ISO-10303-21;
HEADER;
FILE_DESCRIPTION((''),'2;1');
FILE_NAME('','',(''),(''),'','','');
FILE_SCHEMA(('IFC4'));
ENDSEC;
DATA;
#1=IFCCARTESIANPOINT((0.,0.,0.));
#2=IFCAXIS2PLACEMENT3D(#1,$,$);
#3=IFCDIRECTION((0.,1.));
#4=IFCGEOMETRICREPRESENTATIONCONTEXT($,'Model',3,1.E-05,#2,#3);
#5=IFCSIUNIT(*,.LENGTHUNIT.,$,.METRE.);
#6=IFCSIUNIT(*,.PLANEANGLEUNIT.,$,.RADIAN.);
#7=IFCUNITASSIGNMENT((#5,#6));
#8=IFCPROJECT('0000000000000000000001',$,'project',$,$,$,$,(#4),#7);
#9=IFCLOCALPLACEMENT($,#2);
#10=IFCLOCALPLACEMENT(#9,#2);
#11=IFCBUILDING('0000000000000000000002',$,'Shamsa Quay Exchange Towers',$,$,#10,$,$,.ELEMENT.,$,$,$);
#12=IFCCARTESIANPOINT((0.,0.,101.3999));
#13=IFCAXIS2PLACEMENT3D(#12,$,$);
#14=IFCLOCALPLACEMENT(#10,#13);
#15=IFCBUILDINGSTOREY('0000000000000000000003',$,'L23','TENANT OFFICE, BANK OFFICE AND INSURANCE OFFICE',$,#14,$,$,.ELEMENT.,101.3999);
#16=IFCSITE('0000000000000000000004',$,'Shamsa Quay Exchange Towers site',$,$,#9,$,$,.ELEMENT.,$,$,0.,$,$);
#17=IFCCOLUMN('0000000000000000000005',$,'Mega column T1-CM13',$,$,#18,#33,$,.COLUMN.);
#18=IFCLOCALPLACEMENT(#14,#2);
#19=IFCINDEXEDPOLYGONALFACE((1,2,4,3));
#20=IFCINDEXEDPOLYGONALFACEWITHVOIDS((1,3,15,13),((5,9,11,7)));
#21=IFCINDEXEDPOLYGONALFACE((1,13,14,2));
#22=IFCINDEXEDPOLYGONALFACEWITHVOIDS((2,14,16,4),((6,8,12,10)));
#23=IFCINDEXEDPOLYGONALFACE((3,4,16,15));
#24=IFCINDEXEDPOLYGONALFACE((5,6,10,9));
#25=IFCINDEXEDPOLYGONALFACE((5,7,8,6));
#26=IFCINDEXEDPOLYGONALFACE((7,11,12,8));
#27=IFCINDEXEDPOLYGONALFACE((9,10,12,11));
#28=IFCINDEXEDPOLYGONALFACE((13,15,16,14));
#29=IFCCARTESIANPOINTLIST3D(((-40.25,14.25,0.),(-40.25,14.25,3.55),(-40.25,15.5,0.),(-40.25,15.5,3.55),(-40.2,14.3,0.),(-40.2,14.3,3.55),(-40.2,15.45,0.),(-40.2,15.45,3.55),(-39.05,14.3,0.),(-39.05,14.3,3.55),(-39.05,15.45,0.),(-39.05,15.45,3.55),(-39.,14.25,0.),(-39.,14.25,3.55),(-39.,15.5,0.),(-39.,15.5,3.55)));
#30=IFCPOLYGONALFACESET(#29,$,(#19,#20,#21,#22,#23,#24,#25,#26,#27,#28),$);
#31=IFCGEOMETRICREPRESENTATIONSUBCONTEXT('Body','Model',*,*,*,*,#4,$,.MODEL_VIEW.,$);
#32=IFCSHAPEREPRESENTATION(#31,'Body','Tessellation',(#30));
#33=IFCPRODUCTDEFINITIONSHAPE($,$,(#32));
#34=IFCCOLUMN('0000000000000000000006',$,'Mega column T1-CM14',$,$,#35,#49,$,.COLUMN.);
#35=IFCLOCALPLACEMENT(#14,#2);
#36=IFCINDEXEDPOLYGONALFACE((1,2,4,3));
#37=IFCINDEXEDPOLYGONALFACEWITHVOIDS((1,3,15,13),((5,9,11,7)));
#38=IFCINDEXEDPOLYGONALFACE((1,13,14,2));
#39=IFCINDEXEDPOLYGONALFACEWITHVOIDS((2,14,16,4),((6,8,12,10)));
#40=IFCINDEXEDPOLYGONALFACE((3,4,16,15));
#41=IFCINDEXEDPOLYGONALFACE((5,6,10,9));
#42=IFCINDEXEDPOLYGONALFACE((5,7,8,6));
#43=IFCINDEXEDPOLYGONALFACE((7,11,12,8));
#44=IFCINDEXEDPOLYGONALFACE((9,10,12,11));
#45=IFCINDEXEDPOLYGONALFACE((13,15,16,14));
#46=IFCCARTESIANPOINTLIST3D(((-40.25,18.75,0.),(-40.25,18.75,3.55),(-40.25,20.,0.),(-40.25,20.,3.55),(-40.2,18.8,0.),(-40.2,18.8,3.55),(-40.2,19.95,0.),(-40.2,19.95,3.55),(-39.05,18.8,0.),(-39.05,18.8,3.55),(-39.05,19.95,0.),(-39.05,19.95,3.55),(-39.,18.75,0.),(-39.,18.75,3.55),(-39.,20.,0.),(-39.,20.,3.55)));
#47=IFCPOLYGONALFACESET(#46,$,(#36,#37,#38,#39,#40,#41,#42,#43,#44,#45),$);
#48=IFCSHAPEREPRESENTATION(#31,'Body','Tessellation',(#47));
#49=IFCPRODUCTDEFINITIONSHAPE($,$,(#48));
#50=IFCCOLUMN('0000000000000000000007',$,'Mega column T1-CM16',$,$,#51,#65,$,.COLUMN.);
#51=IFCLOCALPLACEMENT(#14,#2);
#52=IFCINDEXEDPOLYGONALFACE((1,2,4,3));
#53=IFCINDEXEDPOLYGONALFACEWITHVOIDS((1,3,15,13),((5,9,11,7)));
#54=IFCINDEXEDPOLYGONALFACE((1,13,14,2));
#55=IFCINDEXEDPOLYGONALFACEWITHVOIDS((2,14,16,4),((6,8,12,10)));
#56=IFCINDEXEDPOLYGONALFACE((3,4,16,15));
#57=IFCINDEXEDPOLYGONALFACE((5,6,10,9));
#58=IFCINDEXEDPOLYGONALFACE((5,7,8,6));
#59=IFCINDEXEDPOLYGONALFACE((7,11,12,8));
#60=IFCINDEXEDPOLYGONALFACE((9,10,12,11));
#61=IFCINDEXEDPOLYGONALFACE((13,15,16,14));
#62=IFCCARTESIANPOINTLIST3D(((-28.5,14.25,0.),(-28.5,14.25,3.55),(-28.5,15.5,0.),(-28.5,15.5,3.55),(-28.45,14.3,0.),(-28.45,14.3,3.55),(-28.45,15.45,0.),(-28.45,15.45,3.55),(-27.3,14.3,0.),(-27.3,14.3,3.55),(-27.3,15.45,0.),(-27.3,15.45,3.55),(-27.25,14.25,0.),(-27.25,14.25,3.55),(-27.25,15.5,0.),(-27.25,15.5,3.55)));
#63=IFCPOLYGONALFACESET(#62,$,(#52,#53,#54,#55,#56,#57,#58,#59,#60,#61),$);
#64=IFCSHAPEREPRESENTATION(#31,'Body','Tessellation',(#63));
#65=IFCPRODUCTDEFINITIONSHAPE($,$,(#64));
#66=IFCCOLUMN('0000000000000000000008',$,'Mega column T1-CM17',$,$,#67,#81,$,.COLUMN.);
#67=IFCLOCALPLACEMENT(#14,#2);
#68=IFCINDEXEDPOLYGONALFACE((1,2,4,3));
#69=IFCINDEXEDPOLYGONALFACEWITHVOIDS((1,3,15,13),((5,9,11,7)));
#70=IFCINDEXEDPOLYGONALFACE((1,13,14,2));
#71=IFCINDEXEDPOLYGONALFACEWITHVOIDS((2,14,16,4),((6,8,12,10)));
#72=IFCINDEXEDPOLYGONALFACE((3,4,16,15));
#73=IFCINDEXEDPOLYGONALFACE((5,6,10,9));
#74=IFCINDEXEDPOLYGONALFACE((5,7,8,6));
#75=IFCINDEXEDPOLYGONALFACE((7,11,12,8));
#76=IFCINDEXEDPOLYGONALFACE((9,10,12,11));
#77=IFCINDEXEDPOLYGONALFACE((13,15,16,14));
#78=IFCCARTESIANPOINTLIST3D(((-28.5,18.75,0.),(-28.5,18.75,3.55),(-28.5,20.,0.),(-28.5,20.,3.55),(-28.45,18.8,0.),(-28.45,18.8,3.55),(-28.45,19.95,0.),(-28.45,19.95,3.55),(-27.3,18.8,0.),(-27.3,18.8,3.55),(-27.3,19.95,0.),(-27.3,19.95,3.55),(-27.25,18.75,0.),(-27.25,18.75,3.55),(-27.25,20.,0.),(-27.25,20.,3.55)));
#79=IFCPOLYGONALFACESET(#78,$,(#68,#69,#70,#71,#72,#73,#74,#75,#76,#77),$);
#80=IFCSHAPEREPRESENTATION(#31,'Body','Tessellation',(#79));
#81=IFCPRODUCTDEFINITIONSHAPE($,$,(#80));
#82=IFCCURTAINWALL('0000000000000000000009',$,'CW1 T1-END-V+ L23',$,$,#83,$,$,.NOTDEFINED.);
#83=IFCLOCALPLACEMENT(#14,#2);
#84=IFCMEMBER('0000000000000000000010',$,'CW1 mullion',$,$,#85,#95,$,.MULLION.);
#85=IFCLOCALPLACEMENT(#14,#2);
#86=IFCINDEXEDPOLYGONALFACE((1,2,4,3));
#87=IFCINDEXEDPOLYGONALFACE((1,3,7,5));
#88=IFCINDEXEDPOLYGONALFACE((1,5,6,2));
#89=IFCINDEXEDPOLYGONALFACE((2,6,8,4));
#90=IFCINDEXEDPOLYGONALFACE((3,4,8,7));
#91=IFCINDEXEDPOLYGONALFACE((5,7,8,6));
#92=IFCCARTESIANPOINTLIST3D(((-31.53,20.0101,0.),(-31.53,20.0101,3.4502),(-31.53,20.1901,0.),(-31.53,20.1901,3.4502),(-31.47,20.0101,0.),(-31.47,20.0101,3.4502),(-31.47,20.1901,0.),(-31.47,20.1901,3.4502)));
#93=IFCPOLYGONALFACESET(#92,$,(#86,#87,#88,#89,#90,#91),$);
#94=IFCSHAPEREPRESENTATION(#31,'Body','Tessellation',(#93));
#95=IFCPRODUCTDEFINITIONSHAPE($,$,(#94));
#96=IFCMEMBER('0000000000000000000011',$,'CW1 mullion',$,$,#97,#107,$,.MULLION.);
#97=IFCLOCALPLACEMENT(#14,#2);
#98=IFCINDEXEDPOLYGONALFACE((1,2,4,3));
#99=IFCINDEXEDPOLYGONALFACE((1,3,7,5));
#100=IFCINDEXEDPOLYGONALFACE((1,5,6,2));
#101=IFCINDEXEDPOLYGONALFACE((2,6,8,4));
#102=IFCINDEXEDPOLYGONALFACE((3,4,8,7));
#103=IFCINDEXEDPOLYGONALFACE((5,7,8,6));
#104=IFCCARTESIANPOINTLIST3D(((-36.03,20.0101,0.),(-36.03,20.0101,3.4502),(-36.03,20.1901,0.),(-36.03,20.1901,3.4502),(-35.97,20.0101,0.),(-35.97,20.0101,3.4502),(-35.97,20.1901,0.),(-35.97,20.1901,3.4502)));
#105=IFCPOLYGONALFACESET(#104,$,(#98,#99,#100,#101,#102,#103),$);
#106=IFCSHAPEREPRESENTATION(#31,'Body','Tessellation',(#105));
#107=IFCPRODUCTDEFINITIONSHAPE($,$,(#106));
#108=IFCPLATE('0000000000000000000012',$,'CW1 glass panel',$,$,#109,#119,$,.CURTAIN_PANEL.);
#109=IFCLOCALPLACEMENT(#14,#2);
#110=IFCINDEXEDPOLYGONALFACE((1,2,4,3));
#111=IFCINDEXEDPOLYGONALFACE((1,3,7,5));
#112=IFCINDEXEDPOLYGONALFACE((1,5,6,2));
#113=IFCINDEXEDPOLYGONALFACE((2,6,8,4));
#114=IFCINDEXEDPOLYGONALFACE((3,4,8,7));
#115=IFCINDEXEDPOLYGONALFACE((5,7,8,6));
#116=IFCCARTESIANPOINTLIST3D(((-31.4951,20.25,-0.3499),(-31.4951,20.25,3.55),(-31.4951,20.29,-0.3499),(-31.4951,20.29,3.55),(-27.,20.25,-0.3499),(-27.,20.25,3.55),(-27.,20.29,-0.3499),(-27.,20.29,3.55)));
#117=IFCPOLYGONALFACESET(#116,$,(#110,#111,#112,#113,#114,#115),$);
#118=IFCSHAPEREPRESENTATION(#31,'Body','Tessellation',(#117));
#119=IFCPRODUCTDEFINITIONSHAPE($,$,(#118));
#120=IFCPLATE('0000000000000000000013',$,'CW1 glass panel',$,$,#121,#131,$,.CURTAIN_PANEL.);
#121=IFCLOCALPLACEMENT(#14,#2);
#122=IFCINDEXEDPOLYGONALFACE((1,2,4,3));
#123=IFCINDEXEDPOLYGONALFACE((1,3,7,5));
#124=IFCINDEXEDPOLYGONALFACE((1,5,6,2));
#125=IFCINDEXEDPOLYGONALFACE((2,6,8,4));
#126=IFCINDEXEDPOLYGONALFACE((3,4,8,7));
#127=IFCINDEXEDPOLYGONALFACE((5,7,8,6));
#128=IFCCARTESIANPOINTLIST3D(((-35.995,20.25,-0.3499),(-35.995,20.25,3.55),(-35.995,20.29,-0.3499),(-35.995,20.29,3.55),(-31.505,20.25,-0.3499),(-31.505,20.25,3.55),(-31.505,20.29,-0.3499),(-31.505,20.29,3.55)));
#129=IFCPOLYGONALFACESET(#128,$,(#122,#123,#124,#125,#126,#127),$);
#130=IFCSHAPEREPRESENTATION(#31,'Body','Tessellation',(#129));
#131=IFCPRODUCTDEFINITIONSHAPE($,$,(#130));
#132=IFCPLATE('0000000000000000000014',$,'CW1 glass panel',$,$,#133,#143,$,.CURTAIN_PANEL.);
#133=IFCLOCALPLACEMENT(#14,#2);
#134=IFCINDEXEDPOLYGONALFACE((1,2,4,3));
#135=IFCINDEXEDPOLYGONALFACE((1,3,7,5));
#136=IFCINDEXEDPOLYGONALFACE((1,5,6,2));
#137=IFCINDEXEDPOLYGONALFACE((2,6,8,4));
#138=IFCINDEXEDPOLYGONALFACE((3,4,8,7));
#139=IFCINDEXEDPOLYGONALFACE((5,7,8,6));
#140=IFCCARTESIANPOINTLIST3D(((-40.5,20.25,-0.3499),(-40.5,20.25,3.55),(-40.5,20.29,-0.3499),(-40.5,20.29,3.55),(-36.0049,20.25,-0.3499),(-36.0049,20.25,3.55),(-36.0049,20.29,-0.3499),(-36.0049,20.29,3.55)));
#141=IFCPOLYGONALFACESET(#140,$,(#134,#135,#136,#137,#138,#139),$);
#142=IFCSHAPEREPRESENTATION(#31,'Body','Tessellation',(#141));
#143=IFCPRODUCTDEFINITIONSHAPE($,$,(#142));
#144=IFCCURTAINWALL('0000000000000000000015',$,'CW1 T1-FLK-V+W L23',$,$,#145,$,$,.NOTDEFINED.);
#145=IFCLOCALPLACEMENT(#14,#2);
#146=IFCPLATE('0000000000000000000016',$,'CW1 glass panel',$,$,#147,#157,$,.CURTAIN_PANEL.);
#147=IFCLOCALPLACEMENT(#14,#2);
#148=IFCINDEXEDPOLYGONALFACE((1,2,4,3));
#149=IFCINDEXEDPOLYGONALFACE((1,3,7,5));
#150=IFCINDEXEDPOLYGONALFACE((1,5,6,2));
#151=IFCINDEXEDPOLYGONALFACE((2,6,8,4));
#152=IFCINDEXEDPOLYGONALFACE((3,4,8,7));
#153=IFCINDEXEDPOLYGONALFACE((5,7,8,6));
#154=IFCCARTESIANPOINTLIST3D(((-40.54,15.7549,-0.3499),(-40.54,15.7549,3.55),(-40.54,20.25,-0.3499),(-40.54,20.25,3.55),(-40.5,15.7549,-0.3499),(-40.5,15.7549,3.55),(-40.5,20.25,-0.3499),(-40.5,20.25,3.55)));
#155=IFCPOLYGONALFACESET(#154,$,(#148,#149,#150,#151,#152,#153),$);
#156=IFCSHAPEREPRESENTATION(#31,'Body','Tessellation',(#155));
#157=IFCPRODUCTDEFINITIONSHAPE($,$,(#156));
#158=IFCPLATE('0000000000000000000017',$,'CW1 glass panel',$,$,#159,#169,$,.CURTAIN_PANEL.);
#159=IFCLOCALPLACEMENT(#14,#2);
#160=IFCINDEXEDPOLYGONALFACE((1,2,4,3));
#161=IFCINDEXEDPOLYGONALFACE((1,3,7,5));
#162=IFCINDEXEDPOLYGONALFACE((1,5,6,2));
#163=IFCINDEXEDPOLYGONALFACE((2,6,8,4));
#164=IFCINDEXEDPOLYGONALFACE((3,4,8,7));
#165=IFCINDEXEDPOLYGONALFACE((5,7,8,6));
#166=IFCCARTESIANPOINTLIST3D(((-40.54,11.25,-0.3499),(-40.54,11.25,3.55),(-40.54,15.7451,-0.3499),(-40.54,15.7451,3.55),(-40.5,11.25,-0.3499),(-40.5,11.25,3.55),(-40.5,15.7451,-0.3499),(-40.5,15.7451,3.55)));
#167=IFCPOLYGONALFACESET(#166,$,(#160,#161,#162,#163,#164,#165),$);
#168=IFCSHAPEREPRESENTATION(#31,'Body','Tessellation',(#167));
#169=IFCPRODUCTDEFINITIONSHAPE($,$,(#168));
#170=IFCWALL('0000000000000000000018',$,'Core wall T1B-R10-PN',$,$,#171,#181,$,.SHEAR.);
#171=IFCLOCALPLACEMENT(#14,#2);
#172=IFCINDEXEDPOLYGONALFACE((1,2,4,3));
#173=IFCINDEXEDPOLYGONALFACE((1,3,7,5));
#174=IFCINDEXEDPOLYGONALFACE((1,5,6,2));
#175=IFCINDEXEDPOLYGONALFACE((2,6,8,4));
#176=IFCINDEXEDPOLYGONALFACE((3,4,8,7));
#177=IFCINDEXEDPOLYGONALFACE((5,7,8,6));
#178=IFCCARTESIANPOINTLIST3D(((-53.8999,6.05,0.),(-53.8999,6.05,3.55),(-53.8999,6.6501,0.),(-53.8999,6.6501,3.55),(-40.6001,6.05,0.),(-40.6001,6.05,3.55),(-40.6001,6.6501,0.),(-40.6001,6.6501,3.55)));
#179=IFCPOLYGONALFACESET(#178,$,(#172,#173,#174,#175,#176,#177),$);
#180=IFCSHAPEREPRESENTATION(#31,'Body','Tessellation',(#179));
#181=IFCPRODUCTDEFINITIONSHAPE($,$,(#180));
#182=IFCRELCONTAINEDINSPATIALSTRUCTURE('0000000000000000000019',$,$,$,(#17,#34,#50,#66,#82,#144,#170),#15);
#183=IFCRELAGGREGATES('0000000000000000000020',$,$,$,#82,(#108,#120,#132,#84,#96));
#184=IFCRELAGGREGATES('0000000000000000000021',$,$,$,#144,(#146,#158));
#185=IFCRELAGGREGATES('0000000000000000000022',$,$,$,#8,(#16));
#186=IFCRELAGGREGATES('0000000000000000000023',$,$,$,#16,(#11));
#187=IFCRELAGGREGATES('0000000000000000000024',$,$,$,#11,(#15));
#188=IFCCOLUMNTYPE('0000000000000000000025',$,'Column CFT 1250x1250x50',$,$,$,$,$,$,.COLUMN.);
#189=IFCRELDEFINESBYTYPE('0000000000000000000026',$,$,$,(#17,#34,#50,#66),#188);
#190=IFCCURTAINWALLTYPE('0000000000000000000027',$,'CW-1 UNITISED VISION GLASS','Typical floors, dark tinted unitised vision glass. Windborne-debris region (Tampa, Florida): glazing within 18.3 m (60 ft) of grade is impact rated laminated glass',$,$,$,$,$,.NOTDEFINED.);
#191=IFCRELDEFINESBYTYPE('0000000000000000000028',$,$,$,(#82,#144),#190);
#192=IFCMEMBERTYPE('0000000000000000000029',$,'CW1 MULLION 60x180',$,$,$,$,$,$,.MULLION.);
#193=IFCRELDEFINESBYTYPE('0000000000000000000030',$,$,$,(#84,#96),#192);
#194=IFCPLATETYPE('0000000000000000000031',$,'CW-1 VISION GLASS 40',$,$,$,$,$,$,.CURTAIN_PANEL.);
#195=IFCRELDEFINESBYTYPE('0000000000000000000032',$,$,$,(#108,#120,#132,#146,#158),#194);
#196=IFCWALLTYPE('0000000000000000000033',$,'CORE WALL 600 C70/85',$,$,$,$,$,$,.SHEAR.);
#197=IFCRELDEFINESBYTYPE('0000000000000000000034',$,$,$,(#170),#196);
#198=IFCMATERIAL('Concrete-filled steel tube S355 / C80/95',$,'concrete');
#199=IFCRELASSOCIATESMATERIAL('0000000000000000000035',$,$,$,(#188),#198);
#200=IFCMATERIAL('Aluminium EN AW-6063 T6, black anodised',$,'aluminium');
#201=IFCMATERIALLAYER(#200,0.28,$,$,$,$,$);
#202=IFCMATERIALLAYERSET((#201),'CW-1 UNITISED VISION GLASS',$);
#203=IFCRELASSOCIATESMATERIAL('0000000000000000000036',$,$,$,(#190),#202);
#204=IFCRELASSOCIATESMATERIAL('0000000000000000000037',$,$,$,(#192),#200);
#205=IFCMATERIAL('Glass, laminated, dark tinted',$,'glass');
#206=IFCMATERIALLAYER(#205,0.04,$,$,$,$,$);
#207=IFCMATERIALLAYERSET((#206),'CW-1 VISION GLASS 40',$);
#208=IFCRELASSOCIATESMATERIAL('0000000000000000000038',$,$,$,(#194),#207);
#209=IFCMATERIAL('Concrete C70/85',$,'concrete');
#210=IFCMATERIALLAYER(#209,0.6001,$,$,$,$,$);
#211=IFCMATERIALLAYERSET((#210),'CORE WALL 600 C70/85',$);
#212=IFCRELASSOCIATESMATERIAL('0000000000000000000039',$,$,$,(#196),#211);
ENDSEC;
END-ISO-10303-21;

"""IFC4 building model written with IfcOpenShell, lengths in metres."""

from ifc_helpers import new_model, si_unit, direction, frame, frame_2d, origin, origin_2d, place, context, subcontext, project, spatial, rectangle, hollow_rectangle, extrude, material, layer, layer_set, material_profile, profile_set, type_object, element, aggregate, save


model = new_model("IFC4")

# Units and contexts
model_context = context("Model", 3, precision=1e-05, world=origin(), true_north=direction((0.0, 1.0)))
body_context = subcontext(model_context, "Body", "Model", "MODEL_VIEW")
ifc_project = project(units=[si_unit("LENGTHUNIT", "METRE"), si_unit("PLANEANGLEUNIT", "RADIAN")], contexts=[model_context])

# Site, building, storey
site_placement = place(None, origin())
site = spatial("IfcSite", under=ifc_project, at=site_placement, Name="Shamsa Quay Exchange Towers site", CompositionType="ELEMENT", RefElevation=0.0)
building_placement = place(site_placement, origin())
building = spatial("IfcBuilding", under=site, at=building_placement, Name="Shamsa Quay Exchange Towers", CompositionType="ELEMENT")
storey_placement = place(building_placement, frame((0.0, 0.0, 101.3999)))
storey = spatial("IfcBuildingStorey", under=building, at=storey_placement, Name="L23", Description="TENANT OFFICE, BANK OFFICE AND INSURANCE OFFICE", CompositionType="ELEMENT", Elevation=101.3999)

# Columns
ifc_material_1 = material(Name="Concrete-filled steel tube S355 / C80/95", Category="concrete")
ifc_material_profile_1 = material_profile(ifc_material_1, hollow_rectangle(XDim=1.25, YDim=1.25, WallThickness=0.05, at=origin_2d()), Name="CFT 1250x1250x50")
ifc_profile_set_1 = profile_set([ifc_material_profile_1], Name="Concrete-filled steel tube S355 / C80/95")
column_type = type_object("IfcColumnType", Name="Column CFT 1250x1250x50", PredefinedType="COLUMN", material=ifc_profile_set_1)
for number, where, name in (
    (1, (-39.625, 14.875, 0.0), "Mega column T1-CM13"),
    (2, (-39.625, 19.375, 0.0), "Mega column T1-CM14"),
    (3, (-27.875, 14.875, 0.0), "Mega column T1-CM16"),
    (4, (-27.875, 19.375, 0.0), "Mega column T1-CM17"),
):
    element("IfcColumn", number, at=place(storey_placement, frame(where)), inside=storey, type_object=column_type, Name=name, PredefinedType="COLUMN", context=body_context, shape_type="SweptSolid", body=[
        extrude(hollow_rectangle(XDim=1.25, YDim=1.25, WallThickness=0.05, at=origin_2d()), origin(), (0.0, 0.0, 1.0), 3.55),
    ])

# Curtain wall, members, plates
ifc_material_2 = material(Name="Aluminium EN AW-6063 T6, black anodised", Category="aluminium")
ifc_layer_1 = layer(ifc_material_2, 0.28)
ifc_layer_set_1 = layer_set([ifc_layer_1], Name="CW-1 UNITISED VISION GLASS")
curtain_wall_type = type_object("IfcCurtainWallType", Name="CW-1 UNITISED VISION GLASS", Description="Typical floors, dark tinted unitised vision glass. Windborne-debris region (Tampa, Florida): glazing within 18.3 m (60 ft) of grade is impact rated laminated glass", PredefinedType="NOTDEFINED", material=ifc_layer_set_1)
curtain_wall_1_placement = place(storey_placement, origin())
curtain_wall_1 = element("IfcCurtainWall", 5, at=curtain_wall_1_placement, inside=storey, type_object=curtain_wall_type, Name="CW1 T1-END-V+ L23", PredefinedType="NOTDEFINED")
ifc_material_profile_2 = material_profile(ifc_material_2, rectangle(XDim=0.1799, YDim=0.0601, at=origin_2d()), Name="MU60x180")
ifc_profile_set_2 = profile_set([ifc_material_profile_2], Name="Aluminium EN AW-6063 T6, black anodised")
member_type = type_object("IfcMemberType", Name="CW1 MULLION 60x180", PredefinedType="MULLION", material=ifc_profile_set_2)
member_1_placement = place(storey_placement, frame((-31.5, 20.1001, 0.0), z_axis=(0.0, 0.0, 1.0), x_axis=(0.0, -1.0, 0.0)))
member_1 = element("IfcMember", 6, at=member_1_placement, type_object=member_type, Name="CW1 mullion", PredefinedType="MULLION", context=body_context, shape_type="SweptSolid", body=[
    extrude(rectangle(XDim=0.1799, YDim=0.0601, at=origin_2d()), origin(), (0.0, 0.0, 1.0), 3.4502),
])
member_2_placement = place(storey_placement, frame((-36.0, 20.1001, 0.0), z_axis=(0.0, 0.0, 1.0), x_axis=(0.0, -1.0, 0.0)))
member_2 = element("IfcMember", 7, at=member_2_placement, type_object=member_type, Name="CW1 mullion", PredefinedType="MULLION", context=body_context, shape_type="SweptSolid", body=[
    extrude(rectangle(XDim=0.1799, YDim=0.0601, at=origin_2d()), origin(), (0.0, 0.0, 1.0), 3.4502),
])
ifc_material_3 = material(Name="Glass, laminated, dark tinted", Category="glass")
ifc_layer_2 = layer(ifc_material_3, 0.04)
ifc_layer_set_2 = layer_set([ifc_layer_2], Name="CW-1 VISION GLASS 40")
plate_type = type_object("IfcPlateType", Name="CW-1 VISION GLASS 40", PredefinedType="CURTAIN_PANEL", material=ifc_layer_set_2)
plate_1_placement = place(storey_placement, frame((-29.2476, 20.27, -0.3499), z_axis=(0.0, 0.0, 1.0), x_axis=(-1.0, 0.0, 0.0)))
plate_1 = element("IfcPlate", 8, at=plate_1_placement, type_object=plate_type, Name="CW1 glass panel", PredefinedType="CURTAIN_PANEL", context=body_context, shape_type="SweptSolid", body=[
    extrude(rectangle(XDim=4.4951, YDim=0.04, at=origin_2d()), origin(), (0.0, 0.0, 1.0), 3.8999),
])
plate_2_placement = place(storey_placement, frame((-33.75, 20.27, -0.3499), z_axis=(0.0, 0.0, 1.0), x_axis=(-1.0, 0.0, 0.0)))
plate_2 = element("IfcPlate", 9, at=plate_2_placement, type_object=plate_type, Name="CW1 glass panel", PredefinedType="CURTAIN_PANEL", context=body_context, shape_type="SweptSolid", body=[
    extrude(rectangle(XDim=4.49, YDim=0.04, at=origin_2d()), origin(), (0.0, 0.0, 1.0), 3.8999),
])
plate_3_placement = place(storey_placement, frame((-38.2524, 20.27, -0.3499), z_axis=(0.0, 0.0, 1.0), x_axis=(-1.0, 0.0, 0.0)))
plate_3 = element("IfcPlate", 10, at=plate_3_placement, type_object=plate_type, Name="CW1 glass panel", PredefinedType="CURTAIN_PANEL", context=body_context, shape_type="SweptSolid", body=[
    extrude(rectangle(XDim=4.4951, YDim=0.04, at=origin_2d()), origin(), (0.0, 0.0, 1.0), 3.8999),
])
aggregate(curtain_wall_1, [plate_1, plate_2, plate_3, member_1, member_2])

# Curtain wall, plates
curtain_wall_2_placement = place(storey_placement, origin())
curtain_wall_2 = element("IfcCurtainWall", 11, at=curtain_wall_2_placement, inside=storey, type_object=curtain_wall_type, Name="CW1 T1-FLK-V+W L23", PredefinedType="NOTDEFINED")
plate_4_placement = place(storey_placement, frame((-40.52, 18.0024, -0.3499), z_axis=(0.0, 0.0, 1.0), x_axis=(0.0, -1.0, 0.0)))
plate_4 = element("IfcPlate", 12, at=plate_4_placement, type_object=plate_type, Name="CW1 glass panel", PredefinedType="CURTAIN_PANEL", context=body_context, shape_type="SweptSolid", body=[
    extrude(rectangle(XDim=4.4951, YDim=0.04, at=origin_2d()), origin(), (0.0, 0.0, 1.0), 3.8999),
])
plate_5_placement = place(storey_placement, frame((-40.52, 13.4976, -0.3499), z_axis=(0.0, 0.0, 1.0), x_axis=(0.0, -1.0, 0.0)))
plate_5 = element("IfcPlate", 13, at=plate_5_placement, type_object=plate_type, Name="CW1 glass panel", PredefinedType="CURTAIN_PANEL", context=body_context, shape_type="SweptSolid", body=[
    extrude(rectangle(XDim=4.4951, YDim=0.04, at=origin_2d()), origin(), (0.0, 0.0, 1.0), 3.8999),
])
aggregate(curtain_wall_2, [plate_4, plate_5])

# Wall
ifc_material_4 = material(Name="Concrete C70/85", Category="concrete")
ifc_layer_3 = layer(ifc_material_4, 0.6001)
ifc_layer_set_3 = layer_set([ifc_layer_3], Name="CORE WALL 600 C70/85")
wall_type_1 = type_object("IfcWallType", Name="CORE WALL 600 C70/85", PredefinedType="SHEAR", material=ifc_layer_set_3)
wall_1_placement = place(storey_placement, frame((-40.6001, 6.3501, 0.0), z_axis=(0.0, 0.0, 1.0), x_axis=(-1.0, 0.0, 0.0)))
element("IfcWall", 14, at=wall_1_placement, inside=storey, type_object=wall_type_1, Name="Core wall T1B-R10-PN", PredefinedType="SHEAR", context=body_context, shape_type="SweptSolid", body=[
    extrude(rectangle(XDim=13.2998, YDim=0.6001, at=frame_2d((6.6499, 0.0))), origin(), (0.0, 0.0, 1.0), 3.55),
])

save(model, "model.ifc")
